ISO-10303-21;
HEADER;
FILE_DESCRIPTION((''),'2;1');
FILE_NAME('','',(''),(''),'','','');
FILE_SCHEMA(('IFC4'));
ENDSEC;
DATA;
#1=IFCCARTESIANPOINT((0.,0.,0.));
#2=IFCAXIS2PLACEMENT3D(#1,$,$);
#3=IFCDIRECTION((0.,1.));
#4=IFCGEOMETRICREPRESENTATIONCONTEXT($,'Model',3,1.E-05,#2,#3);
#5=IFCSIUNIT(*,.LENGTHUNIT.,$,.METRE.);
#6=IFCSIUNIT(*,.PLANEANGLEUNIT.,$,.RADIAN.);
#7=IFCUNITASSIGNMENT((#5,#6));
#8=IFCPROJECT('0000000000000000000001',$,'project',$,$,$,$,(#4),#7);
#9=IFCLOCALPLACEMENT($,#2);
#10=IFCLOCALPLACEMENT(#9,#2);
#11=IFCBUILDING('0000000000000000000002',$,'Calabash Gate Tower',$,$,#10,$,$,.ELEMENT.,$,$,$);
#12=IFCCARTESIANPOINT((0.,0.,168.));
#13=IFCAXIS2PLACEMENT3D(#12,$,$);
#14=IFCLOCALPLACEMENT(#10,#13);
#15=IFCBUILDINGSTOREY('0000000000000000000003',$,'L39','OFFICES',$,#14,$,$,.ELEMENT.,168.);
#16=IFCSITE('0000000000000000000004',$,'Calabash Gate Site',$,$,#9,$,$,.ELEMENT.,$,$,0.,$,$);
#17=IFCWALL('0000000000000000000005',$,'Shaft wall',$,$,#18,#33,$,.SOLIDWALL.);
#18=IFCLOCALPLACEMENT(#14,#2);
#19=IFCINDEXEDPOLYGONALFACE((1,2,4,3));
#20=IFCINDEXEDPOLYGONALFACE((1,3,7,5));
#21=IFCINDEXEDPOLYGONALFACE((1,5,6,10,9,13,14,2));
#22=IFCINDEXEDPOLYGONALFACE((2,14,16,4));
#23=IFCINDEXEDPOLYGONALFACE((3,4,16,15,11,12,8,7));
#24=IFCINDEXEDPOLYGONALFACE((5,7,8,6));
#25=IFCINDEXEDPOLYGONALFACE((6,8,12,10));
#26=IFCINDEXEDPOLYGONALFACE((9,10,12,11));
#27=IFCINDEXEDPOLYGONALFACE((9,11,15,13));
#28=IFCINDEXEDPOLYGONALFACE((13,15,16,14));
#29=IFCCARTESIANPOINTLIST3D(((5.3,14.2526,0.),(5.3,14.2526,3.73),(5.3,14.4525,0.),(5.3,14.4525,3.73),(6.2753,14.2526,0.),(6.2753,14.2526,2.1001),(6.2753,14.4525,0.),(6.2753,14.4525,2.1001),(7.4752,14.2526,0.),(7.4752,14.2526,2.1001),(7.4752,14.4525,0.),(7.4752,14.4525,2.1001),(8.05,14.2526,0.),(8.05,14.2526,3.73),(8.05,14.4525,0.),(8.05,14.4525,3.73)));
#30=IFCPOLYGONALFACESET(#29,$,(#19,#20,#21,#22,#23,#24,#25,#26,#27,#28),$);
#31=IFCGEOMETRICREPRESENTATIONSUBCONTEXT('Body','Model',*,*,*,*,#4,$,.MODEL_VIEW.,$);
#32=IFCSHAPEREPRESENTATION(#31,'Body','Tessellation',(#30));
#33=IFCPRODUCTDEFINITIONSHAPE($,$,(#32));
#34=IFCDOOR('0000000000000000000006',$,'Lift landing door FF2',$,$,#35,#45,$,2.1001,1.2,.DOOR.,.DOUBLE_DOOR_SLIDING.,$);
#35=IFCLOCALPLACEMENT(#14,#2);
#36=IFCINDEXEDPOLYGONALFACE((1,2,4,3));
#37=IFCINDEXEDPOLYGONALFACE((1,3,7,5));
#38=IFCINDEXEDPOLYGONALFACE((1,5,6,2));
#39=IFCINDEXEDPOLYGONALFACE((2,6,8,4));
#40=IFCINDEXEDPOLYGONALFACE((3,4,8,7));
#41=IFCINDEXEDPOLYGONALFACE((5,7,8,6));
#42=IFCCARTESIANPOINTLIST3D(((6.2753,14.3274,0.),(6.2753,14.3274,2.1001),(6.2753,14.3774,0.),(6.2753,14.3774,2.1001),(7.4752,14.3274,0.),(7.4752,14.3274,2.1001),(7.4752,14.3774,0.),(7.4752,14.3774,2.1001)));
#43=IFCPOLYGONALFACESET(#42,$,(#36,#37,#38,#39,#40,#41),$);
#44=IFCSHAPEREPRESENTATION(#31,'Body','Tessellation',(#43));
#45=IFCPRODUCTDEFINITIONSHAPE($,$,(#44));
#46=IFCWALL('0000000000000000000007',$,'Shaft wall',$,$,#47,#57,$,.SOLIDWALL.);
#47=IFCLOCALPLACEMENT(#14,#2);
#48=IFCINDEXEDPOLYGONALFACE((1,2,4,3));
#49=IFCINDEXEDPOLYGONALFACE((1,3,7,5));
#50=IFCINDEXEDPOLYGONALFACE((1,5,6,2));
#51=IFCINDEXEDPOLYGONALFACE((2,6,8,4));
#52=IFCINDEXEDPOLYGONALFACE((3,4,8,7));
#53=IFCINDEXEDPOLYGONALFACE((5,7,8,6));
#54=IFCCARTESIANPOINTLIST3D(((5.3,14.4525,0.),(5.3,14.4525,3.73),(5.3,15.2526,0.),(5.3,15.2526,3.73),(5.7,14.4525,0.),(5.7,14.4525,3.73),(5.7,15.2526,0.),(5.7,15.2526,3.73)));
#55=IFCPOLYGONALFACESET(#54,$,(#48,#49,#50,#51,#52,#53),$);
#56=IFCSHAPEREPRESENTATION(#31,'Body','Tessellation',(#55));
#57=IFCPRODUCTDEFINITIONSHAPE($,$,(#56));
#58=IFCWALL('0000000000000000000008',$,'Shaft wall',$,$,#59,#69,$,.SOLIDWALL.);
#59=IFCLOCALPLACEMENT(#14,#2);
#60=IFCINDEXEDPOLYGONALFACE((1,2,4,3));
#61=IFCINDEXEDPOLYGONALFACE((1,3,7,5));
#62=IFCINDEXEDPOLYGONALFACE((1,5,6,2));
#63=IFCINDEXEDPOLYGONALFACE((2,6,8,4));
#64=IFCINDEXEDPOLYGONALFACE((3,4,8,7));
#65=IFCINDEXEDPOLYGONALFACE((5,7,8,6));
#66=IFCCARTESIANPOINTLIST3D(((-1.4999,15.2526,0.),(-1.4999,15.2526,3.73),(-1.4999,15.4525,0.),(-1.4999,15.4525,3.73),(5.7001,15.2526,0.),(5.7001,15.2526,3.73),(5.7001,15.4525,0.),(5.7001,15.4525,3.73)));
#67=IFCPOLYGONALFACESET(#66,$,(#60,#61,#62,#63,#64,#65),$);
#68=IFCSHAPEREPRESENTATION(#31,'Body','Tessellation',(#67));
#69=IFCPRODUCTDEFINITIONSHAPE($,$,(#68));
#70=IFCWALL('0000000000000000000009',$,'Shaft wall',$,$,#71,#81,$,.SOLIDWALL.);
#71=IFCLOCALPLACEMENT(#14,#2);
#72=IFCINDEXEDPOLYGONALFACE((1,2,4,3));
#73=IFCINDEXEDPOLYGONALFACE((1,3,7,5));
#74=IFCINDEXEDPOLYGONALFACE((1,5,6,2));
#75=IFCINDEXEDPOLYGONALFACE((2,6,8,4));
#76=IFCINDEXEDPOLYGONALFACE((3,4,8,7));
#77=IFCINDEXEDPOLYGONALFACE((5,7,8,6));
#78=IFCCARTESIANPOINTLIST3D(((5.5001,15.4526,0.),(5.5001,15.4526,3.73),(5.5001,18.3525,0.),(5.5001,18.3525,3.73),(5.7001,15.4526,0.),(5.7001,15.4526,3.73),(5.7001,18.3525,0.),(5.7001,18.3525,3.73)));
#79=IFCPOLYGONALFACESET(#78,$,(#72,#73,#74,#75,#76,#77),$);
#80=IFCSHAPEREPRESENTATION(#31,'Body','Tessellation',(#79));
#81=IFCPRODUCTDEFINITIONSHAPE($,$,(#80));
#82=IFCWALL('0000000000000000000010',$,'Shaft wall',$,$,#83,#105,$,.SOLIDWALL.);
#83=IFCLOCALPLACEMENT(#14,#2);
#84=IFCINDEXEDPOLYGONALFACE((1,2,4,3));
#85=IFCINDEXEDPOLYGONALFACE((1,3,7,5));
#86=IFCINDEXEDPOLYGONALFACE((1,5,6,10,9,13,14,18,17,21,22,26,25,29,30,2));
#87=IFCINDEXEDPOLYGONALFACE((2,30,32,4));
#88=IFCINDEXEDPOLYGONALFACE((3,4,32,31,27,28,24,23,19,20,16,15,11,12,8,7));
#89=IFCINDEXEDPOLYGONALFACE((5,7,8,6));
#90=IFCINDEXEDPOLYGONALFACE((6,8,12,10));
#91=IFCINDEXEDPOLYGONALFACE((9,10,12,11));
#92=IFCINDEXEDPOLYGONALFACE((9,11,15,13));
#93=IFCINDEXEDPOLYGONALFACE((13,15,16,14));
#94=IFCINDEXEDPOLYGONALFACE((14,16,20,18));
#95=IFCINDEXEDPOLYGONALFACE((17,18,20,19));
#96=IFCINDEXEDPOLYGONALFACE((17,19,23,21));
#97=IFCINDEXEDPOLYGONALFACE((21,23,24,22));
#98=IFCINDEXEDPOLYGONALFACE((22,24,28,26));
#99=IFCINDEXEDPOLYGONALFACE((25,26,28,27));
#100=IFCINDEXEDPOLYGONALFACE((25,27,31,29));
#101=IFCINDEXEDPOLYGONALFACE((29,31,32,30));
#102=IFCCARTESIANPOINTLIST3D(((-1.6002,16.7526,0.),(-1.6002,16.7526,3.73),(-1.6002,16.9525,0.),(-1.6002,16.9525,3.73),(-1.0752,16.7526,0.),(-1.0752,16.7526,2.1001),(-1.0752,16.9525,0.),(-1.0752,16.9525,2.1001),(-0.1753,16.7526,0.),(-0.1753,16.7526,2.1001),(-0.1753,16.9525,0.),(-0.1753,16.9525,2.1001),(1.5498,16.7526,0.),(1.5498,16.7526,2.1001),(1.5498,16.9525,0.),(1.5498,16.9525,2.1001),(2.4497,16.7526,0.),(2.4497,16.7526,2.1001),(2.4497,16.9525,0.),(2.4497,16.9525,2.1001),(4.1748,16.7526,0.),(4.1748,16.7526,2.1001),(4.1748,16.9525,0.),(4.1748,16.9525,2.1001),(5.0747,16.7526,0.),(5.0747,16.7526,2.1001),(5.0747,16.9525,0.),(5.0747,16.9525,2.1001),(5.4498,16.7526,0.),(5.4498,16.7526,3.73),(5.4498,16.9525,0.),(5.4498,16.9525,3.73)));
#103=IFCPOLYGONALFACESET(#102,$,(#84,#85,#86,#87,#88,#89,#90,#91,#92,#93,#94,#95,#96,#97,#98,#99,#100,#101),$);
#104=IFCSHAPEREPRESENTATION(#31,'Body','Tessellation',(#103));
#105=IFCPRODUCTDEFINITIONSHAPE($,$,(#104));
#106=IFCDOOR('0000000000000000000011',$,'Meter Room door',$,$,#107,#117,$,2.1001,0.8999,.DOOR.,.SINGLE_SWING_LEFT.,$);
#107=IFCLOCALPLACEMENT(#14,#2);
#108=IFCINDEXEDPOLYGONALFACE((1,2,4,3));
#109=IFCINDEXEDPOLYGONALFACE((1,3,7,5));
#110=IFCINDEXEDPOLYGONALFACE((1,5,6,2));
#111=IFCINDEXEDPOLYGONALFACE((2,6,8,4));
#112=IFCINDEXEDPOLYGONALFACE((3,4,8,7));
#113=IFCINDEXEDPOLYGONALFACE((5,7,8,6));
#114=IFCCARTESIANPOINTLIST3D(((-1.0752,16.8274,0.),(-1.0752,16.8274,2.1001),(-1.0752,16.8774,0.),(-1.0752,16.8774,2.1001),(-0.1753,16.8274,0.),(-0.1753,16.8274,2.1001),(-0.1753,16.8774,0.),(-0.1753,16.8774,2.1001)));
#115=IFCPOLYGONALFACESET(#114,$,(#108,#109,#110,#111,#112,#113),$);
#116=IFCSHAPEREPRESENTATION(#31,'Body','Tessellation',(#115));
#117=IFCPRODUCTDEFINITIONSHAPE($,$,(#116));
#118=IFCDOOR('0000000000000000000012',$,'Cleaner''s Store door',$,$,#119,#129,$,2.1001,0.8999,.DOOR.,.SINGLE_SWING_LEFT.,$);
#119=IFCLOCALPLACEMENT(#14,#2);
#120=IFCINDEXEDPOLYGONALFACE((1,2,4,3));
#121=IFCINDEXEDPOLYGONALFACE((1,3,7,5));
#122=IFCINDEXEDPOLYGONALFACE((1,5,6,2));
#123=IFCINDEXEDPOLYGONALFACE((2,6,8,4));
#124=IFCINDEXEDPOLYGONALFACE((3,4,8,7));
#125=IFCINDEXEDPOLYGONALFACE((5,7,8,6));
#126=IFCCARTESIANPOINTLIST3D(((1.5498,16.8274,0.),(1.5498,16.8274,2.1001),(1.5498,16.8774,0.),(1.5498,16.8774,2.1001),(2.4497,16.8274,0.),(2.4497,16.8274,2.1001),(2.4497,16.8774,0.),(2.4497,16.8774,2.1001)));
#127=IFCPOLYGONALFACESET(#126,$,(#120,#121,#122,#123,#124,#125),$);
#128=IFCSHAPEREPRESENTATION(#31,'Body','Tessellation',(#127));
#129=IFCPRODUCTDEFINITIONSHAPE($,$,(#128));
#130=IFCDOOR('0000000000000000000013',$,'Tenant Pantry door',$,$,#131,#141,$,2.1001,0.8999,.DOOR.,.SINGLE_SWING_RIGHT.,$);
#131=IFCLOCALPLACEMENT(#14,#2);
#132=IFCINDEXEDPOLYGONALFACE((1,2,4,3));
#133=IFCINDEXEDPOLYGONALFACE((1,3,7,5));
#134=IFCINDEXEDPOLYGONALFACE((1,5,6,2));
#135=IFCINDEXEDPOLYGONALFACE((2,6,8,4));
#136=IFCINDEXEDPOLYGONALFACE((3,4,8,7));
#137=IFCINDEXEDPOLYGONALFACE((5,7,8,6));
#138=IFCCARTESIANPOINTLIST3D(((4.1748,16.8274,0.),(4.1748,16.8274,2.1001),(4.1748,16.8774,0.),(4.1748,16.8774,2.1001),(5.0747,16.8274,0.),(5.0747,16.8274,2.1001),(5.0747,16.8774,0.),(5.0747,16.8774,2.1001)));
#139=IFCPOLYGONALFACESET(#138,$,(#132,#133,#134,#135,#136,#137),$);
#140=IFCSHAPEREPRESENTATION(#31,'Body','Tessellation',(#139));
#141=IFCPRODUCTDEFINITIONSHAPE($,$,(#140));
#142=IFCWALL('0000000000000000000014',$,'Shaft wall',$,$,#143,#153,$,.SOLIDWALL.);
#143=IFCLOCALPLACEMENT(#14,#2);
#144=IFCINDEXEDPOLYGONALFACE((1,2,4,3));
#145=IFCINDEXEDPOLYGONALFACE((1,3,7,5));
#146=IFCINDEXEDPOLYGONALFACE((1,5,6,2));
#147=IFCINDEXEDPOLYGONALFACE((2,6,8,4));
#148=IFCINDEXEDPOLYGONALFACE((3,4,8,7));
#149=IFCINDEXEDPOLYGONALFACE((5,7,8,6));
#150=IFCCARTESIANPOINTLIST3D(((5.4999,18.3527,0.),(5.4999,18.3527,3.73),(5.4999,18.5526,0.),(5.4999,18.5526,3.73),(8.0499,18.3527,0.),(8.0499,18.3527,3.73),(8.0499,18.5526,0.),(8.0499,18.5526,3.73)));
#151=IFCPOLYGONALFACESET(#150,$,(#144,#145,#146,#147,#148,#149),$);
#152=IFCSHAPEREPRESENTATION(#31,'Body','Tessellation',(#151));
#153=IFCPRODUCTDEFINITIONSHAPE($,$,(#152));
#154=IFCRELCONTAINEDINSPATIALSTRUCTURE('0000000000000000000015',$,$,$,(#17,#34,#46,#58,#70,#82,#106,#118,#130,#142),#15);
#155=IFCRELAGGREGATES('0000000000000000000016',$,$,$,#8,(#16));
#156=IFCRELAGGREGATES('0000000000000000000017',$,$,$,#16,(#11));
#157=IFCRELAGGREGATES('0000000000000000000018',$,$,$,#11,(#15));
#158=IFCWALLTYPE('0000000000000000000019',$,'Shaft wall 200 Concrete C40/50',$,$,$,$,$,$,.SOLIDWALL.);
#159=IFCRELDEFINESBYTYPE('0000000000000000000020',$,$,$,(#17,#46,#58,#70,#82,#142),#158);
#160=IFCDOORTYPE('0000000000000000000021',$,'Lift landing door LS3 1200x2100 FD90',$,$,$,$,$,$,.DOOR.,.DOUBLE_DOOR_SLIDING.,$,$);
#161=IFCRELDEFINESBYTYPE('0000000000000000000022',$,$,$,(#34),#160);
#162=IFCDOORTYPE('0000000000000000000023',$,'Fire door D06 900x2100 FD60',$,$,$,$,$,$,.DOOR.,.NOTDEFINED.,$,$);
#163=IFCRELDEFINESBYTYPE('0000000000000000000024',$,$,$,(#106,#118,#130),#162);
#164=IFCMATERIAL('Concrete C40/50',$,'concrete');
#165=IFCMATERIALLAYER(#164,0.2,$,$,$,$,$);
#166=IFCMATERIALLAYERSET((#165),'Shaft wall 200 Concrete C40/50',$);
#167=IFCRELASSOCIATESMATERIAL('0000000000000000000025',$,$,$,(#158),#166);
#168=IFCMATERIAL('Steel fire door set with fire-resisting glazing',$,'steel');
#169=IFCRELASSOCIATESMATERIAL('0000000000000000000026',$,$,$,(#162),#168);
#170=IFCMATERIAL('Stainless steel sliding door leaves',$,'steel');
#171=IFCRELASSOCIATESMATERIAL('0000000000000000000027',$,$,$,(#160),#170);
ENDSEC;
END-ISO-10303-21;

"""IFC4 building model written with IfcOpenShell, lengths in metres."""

from ifc_helpers import new_model, si_unit, direction, frame, frame_2d, origin, place, context, subcontext, project, spatial, rectangle, extrude, material, layer, layer_set, type_object, element, fill, save


model = new_model("IFC4")

# Units and contexts
model_context = context("Model", 3, precision=1e-05, world=origin(), true_north=direction((0.0, 1.0)))
body_context = subcontext(model_context, "Body", "Model", "MODEL_VIEW")
ifc_project = project(units=[si_unit("LENGTHUNIT", "METRE"), si_unit("PLANEANGLEUNIT", "RADIAN")], contexts=[model_context])

# Site, building, storey
site_placement = place(None, origin())
site = spatial("IfcSite", under=ifc_project, at=site_placement, Name="Calabash Gate Site", CompositionType="ELEMENT", RefElevation=0.0)
building_placement = place(site_placement, origin())
building = spatial("IfcBuilding", under=site, at=building_placement, Name="Calabash Gate Tower", CompositionType="ELEMENT")
storey_placement = place(building_placement, frame((0.0, 0.0, 168.0)))
storey = spatial("IfcBuildingStorey", under=building, at=storey_placement, Name="L39", Description="OFFICES", CompositionType="ELEMENT", Elevation=168.0)

# Shared definitions
ifc_material_1 = material(Name="Concrete C40/50", Category="concrete")
ifc_layer_1 = layer(ifc_material_1, 0.2)
ifc_layer_set_1 = layer_set([ifc_layer_1], Name="Shaft wall 200 Concrete C40/50")
wall_type_1 = type_object("IfcWallType", Name="Shaft wall 200 Concrete C40/50", PredefinedType="SOLIDWALL", material=ifc_layer_set_1)
ifc_material_2 = material(Name="Steel fire door set with fire-resisting glazing", Category="steel")
door_type_1 = type_object("IfcDoorType", Name="Fire door D06 900x2100 FD60", OperationType="NOTDEFINED", PredefinedType="DOOR", material=ifc_material_2)

# Wall, opening, door
wall_1_placement = place(storey_placement, frame((5.3, 14.3525, 0.0), z_axis=(0.0, 0.0, 1.0), x_axis=(1.0, 0.0, 0.0)))
wall_1 = element("IfcWall", 1, at=wall_1_placement, inside=storey, type_object=wall_type_1, Name="Shaft wall", PredefinedType="SOLIDWALL", context=body_context, shape_type="SweptSolid", body=[
    extrude(rectangle(XDim=2.75, YDim=0.2, at=frame_2d((1.375, 0.0))), origin(), (0.0, 0.0, 1.0), 3.73),
])
opening_1_placement = place(wall_1_placement, frame((0.9751, 0.0, 0.0)))
opening_1 = element("IfcOpeningElement", 2, at=opening_1_placement, cuts=wall_1, PredefinedType="OPENING", context=body_context, shape_type="SweptSolid", body=[
    extrude(rectangle(XDim=1.2, YDim=2.1001, at=frame_2d((0.6001, 1.05))), frame((0.0, 0.1099, 0.0), z_axis=(0.0, -1.0, 0.0), x_axis=(1.0, 0.0, 0.0)), (0.0, 0.0, 1.0), 0.22),
])
ifc_material_3 = material(Name="Stainless steel sliding door leaves", Category="steel")
door_type_2 = type_object("IfcDoorType", Name="Lift landing door LS3 1200x2100 FD90", OperationType="DOUBLE_DOOR_SLIDING", PredefinedType="DOOR", material=ifc_material_3)
door_1_placement = place(opening_1_placement, origin())
door_1 = element("IfcDoor", 3, at=door_1_placement, inside=storey, type_object=door_type_2, Name="Lift landing door FF2", OperationType="DOUBLE_DOOR_SLIDING", OverallHeight=2.1001, OverallWidth=1.2, PredefinedType="DOOR", context=body_context, shape_type="SweptSolid", body=[
    extrude(rectangle(XDim=1.2, YDim=2.1001, at=frame_2d((0.6001, 1.05))), frame((0.0, 0.0249, 0.0), z_axis=(0.0, -1.0, 0.0), x_axis=(1.0, 0.0, 0.0)), (0.0, 0.0, 1.0), 0.05),
])
fill(opening_1, door_1)

# Walls
wall_2_placement = place(storey_placement, frame((5.5, 14.4526, 0.0), z_axis=(0.0, 0.0, 1.0), x_axis=(0.0, 1.0, 0.0)))
element("IfcWall", 4, at=wall_2_placement, inside=storey, type_object=wall_type_1, Name="Shaft wall", PredefinedType="SOLIDWALL", context=body_context, shape_type="SweptSolid", body=[
    extrude(rectangle(XDim=0.8, YDim=0.3999, at=frame_2d((0.3999, 0.0))), origin(), (0.0, 0.0, 1.0), 3.73),
])
wall_3_placement = place(storey_placement, frame((-1.5, 15.3525, 0.0), z_axis=(0.0, 0.0, 1.0), x_axis=(1.0, 0.0, 0.0)))
element("IfcWall", 5, at=wall_3_placement, inside=storey, type_object=wall_type_1, Name="Shaft wall", PredefinedType="SOLIDWALL", context=body_context, shape_type="SweptSolid", body=[
    extrude(rectangle(XDim=7.2, YDim=0.2, at=frame_2d((3.6001, 0.0))), origin(), (0.0, 0.0, 1.0), 3.73),
])
wall_4_placement = place(storey_placement, frame((5.6001, 15.4526, 0.0), z_axis=(0.0, 0.0, 1.0), x_axis=(0.0, 1.0, 0.0)))
element("IfcWall", 6, at=wall_4_placement, inside=storey, type_object=wall_type_1, Name="Shaft wall", PredefinedType="SOLIDWALL", context=body_context, shape_type="SweptSolid", body=[
    extrude(rectangle(XDim=2.8999, YDim=0.2, at=frame_2d((1.45, 0.0))), origin(), (0.0, 0.0, 1.0), 3.73),
])

# Wall, openings, doors
wall_5_placement = place(storey_placement, frame((-1.6001, 16.8525, 0.0), z_axis=(0.0, 0.0, 1.0), x_axis=(1.0, 0.0, 0.0)))
wall_5 = element("IfcWall", 7, at=wall_5_placement, inside=storey, type_object=wall_type_1, Name="Shaft wall", PredefinedType="SOLIDWALL", context=body_context, shape_type="SweptSolid", body=[
    extrude(rectangle(XDim=7.05, YDim=0.2, at=frame_2d((3.5249, 0.0))), origin(), (0.0, 0.0, 1.0), 3.73),
])
opening_2_placement = place(wall_5_placement, frame((0.5249, 0.0, 0.0)))
opening_2 = element("IfcOpeningElement", 8, at=opening_2_placement, cuts=wall_5, PredefinedType="OPENING", context=body_context, shape_type="SweptSolid", body=[
    extrude(rectangle(XDim=0.8999, YDim=2.1001, at=frame_2d((0.45, 1.05))), frame((0.0, 0.1099, 0.0), z_axis=(0.0, -1.0, 0.0), x_axis=(1.0, 0.0, 0.0)), (0.0, 0.0, 1.0), 0.22),
])
opening_3_placement = place(wall_5_placement, frame((3.1499, 0.0, 0.0)))
opening_3 = element("IfcOpeningElement", 9, at=opening_3_placement, cuts=wall_5, PredefinedType="OPENING", context=body_context, shape_type="SweptSolid", body=[
    extrude(rectangle(XDim=0.8999, YDim=2.1001, at=frame_2d((0.45, 1.05))), frame((0.0, 0.1099, 0.0), z_axis=(0.0, -1.0, 0.0), x_axis=(1.0, 0.0, 0.0)), (0.0, 0.0, 1.0), 0.22),
])
opening_4_placement = place(wall_5_placement, frame((5.7749, 0.0, 0.0)))
opening_4 = element("IfcOpeningElement", 10, at=opening_4_placement, cuts=wall_5, PredefinedType="OPENING", context=body_context, shape_type="SweptSolid", body=[
    extrude(rectangle(XDim=0.8999, YDim=2.1001, at=frame_2d((0.45, 1.05))), frame((0.0, 0.1099, 0.0), z_axis=(0.0, -1.0, 0.0), x_axis=(1.0, 0.0, 0.0)), (0.0, 0.0, 1.0), 0.22),
])
door_2_placement = place(opening_2_placement, origin())
door_2 = element("IfcDoor", 11, at=door_2_placement, inside=storey, type_object=door_type_1, Name="Meter Room door", OperationType="SINGLE_SWING_LEFT", OverallHeight=2.1001, OverallWidth=0.8999, PredefinedType="DOOR", context=body_context, shape_type="SweptSolid", body=[
    extrude(rectangle(XDim=0.8999, YDim=2.1001, at=frame_2d((0.45, 1.05))), frame((0.0, 0.0249, 0.0), z_axis=(0.0, -1.0, 0.0), x_axis=(1.0, 0.0, 0.0)), (0.0, 0.0, 1.0), 0.05),
])
fill(opening_2, door_2)
door_3_placement = place(opening_3_placement, origin())
door_3 = element("IfcDoor", 12, at=door_3_placement, inside=storey, type_object=door_type_1, Name="Cleaner's Store door", OperationType="SINGLE_SWING_LEFT", OverallHeight=2.1001, OverallWidth=0.8999, PredefinedType="DOOR", context=body_context, shape_type="SweptSolid", body=[
    extrude(rectangle(XDim=0.8999, YDim=2.1001, at=frame_2d((0.45, 1.05))), frame((0.0, 0.0249, 0.0), z_axis=(0.0, -1.0, 0.0), x_axis=(1.0, 0.0, 0.0)), (0.0, 0.0, 1.0), 0.05),
])
fill(opening_3, door_3)
door_4_placement = place(opening_4_placement, origin())
door_4 = element("IfcDoor", 13, at=door_4_placement, inside=storey, type_object=door_type_1, Name="Tenant Pantry door", OperationType="SINGLE_SWING_RIGHT", OverallHeight=2.1001, OverallWidth=0.8999, PredefinedType="DOOR", context=body_context, shape_type="SweptSolid", body=[
    extrude(rectangle(XDim=0.8999, YDim=2.1001, at=frame_2d((0.45, 1.05))), frame((0.0, 0.0249, 0.0), z_axis=(0.0, -1.0, 0.0), x_axis=(1.0, 0.0, 0.0)), (0.0, 0.0, 1.0), 0.05),
])
fill(opening_4, door_4)

# Wall
wall_6_placement = place(storey_placement, frame((5.5, 18.4526, 0.0), z_axis=(0.0, 0.0, 1.0), x_axis=(1.0, 0.0, 0.0)))
element("IfcWall", 14, at=wall_6_placement, inside=storey, type_object=wall_type_1, Name="Shaft wall", PredefinedType="SOLIDWALL", context=body_context, shape_type="SweptSolid", body=[
    extrude(rectangle(XDim=2.55, YDim=0.2, at=frame_2d((1.2749, 0.0))), origin(), (0.0, 0.0, 1.0), 3.73),
])

save(model, "model.ifc")
